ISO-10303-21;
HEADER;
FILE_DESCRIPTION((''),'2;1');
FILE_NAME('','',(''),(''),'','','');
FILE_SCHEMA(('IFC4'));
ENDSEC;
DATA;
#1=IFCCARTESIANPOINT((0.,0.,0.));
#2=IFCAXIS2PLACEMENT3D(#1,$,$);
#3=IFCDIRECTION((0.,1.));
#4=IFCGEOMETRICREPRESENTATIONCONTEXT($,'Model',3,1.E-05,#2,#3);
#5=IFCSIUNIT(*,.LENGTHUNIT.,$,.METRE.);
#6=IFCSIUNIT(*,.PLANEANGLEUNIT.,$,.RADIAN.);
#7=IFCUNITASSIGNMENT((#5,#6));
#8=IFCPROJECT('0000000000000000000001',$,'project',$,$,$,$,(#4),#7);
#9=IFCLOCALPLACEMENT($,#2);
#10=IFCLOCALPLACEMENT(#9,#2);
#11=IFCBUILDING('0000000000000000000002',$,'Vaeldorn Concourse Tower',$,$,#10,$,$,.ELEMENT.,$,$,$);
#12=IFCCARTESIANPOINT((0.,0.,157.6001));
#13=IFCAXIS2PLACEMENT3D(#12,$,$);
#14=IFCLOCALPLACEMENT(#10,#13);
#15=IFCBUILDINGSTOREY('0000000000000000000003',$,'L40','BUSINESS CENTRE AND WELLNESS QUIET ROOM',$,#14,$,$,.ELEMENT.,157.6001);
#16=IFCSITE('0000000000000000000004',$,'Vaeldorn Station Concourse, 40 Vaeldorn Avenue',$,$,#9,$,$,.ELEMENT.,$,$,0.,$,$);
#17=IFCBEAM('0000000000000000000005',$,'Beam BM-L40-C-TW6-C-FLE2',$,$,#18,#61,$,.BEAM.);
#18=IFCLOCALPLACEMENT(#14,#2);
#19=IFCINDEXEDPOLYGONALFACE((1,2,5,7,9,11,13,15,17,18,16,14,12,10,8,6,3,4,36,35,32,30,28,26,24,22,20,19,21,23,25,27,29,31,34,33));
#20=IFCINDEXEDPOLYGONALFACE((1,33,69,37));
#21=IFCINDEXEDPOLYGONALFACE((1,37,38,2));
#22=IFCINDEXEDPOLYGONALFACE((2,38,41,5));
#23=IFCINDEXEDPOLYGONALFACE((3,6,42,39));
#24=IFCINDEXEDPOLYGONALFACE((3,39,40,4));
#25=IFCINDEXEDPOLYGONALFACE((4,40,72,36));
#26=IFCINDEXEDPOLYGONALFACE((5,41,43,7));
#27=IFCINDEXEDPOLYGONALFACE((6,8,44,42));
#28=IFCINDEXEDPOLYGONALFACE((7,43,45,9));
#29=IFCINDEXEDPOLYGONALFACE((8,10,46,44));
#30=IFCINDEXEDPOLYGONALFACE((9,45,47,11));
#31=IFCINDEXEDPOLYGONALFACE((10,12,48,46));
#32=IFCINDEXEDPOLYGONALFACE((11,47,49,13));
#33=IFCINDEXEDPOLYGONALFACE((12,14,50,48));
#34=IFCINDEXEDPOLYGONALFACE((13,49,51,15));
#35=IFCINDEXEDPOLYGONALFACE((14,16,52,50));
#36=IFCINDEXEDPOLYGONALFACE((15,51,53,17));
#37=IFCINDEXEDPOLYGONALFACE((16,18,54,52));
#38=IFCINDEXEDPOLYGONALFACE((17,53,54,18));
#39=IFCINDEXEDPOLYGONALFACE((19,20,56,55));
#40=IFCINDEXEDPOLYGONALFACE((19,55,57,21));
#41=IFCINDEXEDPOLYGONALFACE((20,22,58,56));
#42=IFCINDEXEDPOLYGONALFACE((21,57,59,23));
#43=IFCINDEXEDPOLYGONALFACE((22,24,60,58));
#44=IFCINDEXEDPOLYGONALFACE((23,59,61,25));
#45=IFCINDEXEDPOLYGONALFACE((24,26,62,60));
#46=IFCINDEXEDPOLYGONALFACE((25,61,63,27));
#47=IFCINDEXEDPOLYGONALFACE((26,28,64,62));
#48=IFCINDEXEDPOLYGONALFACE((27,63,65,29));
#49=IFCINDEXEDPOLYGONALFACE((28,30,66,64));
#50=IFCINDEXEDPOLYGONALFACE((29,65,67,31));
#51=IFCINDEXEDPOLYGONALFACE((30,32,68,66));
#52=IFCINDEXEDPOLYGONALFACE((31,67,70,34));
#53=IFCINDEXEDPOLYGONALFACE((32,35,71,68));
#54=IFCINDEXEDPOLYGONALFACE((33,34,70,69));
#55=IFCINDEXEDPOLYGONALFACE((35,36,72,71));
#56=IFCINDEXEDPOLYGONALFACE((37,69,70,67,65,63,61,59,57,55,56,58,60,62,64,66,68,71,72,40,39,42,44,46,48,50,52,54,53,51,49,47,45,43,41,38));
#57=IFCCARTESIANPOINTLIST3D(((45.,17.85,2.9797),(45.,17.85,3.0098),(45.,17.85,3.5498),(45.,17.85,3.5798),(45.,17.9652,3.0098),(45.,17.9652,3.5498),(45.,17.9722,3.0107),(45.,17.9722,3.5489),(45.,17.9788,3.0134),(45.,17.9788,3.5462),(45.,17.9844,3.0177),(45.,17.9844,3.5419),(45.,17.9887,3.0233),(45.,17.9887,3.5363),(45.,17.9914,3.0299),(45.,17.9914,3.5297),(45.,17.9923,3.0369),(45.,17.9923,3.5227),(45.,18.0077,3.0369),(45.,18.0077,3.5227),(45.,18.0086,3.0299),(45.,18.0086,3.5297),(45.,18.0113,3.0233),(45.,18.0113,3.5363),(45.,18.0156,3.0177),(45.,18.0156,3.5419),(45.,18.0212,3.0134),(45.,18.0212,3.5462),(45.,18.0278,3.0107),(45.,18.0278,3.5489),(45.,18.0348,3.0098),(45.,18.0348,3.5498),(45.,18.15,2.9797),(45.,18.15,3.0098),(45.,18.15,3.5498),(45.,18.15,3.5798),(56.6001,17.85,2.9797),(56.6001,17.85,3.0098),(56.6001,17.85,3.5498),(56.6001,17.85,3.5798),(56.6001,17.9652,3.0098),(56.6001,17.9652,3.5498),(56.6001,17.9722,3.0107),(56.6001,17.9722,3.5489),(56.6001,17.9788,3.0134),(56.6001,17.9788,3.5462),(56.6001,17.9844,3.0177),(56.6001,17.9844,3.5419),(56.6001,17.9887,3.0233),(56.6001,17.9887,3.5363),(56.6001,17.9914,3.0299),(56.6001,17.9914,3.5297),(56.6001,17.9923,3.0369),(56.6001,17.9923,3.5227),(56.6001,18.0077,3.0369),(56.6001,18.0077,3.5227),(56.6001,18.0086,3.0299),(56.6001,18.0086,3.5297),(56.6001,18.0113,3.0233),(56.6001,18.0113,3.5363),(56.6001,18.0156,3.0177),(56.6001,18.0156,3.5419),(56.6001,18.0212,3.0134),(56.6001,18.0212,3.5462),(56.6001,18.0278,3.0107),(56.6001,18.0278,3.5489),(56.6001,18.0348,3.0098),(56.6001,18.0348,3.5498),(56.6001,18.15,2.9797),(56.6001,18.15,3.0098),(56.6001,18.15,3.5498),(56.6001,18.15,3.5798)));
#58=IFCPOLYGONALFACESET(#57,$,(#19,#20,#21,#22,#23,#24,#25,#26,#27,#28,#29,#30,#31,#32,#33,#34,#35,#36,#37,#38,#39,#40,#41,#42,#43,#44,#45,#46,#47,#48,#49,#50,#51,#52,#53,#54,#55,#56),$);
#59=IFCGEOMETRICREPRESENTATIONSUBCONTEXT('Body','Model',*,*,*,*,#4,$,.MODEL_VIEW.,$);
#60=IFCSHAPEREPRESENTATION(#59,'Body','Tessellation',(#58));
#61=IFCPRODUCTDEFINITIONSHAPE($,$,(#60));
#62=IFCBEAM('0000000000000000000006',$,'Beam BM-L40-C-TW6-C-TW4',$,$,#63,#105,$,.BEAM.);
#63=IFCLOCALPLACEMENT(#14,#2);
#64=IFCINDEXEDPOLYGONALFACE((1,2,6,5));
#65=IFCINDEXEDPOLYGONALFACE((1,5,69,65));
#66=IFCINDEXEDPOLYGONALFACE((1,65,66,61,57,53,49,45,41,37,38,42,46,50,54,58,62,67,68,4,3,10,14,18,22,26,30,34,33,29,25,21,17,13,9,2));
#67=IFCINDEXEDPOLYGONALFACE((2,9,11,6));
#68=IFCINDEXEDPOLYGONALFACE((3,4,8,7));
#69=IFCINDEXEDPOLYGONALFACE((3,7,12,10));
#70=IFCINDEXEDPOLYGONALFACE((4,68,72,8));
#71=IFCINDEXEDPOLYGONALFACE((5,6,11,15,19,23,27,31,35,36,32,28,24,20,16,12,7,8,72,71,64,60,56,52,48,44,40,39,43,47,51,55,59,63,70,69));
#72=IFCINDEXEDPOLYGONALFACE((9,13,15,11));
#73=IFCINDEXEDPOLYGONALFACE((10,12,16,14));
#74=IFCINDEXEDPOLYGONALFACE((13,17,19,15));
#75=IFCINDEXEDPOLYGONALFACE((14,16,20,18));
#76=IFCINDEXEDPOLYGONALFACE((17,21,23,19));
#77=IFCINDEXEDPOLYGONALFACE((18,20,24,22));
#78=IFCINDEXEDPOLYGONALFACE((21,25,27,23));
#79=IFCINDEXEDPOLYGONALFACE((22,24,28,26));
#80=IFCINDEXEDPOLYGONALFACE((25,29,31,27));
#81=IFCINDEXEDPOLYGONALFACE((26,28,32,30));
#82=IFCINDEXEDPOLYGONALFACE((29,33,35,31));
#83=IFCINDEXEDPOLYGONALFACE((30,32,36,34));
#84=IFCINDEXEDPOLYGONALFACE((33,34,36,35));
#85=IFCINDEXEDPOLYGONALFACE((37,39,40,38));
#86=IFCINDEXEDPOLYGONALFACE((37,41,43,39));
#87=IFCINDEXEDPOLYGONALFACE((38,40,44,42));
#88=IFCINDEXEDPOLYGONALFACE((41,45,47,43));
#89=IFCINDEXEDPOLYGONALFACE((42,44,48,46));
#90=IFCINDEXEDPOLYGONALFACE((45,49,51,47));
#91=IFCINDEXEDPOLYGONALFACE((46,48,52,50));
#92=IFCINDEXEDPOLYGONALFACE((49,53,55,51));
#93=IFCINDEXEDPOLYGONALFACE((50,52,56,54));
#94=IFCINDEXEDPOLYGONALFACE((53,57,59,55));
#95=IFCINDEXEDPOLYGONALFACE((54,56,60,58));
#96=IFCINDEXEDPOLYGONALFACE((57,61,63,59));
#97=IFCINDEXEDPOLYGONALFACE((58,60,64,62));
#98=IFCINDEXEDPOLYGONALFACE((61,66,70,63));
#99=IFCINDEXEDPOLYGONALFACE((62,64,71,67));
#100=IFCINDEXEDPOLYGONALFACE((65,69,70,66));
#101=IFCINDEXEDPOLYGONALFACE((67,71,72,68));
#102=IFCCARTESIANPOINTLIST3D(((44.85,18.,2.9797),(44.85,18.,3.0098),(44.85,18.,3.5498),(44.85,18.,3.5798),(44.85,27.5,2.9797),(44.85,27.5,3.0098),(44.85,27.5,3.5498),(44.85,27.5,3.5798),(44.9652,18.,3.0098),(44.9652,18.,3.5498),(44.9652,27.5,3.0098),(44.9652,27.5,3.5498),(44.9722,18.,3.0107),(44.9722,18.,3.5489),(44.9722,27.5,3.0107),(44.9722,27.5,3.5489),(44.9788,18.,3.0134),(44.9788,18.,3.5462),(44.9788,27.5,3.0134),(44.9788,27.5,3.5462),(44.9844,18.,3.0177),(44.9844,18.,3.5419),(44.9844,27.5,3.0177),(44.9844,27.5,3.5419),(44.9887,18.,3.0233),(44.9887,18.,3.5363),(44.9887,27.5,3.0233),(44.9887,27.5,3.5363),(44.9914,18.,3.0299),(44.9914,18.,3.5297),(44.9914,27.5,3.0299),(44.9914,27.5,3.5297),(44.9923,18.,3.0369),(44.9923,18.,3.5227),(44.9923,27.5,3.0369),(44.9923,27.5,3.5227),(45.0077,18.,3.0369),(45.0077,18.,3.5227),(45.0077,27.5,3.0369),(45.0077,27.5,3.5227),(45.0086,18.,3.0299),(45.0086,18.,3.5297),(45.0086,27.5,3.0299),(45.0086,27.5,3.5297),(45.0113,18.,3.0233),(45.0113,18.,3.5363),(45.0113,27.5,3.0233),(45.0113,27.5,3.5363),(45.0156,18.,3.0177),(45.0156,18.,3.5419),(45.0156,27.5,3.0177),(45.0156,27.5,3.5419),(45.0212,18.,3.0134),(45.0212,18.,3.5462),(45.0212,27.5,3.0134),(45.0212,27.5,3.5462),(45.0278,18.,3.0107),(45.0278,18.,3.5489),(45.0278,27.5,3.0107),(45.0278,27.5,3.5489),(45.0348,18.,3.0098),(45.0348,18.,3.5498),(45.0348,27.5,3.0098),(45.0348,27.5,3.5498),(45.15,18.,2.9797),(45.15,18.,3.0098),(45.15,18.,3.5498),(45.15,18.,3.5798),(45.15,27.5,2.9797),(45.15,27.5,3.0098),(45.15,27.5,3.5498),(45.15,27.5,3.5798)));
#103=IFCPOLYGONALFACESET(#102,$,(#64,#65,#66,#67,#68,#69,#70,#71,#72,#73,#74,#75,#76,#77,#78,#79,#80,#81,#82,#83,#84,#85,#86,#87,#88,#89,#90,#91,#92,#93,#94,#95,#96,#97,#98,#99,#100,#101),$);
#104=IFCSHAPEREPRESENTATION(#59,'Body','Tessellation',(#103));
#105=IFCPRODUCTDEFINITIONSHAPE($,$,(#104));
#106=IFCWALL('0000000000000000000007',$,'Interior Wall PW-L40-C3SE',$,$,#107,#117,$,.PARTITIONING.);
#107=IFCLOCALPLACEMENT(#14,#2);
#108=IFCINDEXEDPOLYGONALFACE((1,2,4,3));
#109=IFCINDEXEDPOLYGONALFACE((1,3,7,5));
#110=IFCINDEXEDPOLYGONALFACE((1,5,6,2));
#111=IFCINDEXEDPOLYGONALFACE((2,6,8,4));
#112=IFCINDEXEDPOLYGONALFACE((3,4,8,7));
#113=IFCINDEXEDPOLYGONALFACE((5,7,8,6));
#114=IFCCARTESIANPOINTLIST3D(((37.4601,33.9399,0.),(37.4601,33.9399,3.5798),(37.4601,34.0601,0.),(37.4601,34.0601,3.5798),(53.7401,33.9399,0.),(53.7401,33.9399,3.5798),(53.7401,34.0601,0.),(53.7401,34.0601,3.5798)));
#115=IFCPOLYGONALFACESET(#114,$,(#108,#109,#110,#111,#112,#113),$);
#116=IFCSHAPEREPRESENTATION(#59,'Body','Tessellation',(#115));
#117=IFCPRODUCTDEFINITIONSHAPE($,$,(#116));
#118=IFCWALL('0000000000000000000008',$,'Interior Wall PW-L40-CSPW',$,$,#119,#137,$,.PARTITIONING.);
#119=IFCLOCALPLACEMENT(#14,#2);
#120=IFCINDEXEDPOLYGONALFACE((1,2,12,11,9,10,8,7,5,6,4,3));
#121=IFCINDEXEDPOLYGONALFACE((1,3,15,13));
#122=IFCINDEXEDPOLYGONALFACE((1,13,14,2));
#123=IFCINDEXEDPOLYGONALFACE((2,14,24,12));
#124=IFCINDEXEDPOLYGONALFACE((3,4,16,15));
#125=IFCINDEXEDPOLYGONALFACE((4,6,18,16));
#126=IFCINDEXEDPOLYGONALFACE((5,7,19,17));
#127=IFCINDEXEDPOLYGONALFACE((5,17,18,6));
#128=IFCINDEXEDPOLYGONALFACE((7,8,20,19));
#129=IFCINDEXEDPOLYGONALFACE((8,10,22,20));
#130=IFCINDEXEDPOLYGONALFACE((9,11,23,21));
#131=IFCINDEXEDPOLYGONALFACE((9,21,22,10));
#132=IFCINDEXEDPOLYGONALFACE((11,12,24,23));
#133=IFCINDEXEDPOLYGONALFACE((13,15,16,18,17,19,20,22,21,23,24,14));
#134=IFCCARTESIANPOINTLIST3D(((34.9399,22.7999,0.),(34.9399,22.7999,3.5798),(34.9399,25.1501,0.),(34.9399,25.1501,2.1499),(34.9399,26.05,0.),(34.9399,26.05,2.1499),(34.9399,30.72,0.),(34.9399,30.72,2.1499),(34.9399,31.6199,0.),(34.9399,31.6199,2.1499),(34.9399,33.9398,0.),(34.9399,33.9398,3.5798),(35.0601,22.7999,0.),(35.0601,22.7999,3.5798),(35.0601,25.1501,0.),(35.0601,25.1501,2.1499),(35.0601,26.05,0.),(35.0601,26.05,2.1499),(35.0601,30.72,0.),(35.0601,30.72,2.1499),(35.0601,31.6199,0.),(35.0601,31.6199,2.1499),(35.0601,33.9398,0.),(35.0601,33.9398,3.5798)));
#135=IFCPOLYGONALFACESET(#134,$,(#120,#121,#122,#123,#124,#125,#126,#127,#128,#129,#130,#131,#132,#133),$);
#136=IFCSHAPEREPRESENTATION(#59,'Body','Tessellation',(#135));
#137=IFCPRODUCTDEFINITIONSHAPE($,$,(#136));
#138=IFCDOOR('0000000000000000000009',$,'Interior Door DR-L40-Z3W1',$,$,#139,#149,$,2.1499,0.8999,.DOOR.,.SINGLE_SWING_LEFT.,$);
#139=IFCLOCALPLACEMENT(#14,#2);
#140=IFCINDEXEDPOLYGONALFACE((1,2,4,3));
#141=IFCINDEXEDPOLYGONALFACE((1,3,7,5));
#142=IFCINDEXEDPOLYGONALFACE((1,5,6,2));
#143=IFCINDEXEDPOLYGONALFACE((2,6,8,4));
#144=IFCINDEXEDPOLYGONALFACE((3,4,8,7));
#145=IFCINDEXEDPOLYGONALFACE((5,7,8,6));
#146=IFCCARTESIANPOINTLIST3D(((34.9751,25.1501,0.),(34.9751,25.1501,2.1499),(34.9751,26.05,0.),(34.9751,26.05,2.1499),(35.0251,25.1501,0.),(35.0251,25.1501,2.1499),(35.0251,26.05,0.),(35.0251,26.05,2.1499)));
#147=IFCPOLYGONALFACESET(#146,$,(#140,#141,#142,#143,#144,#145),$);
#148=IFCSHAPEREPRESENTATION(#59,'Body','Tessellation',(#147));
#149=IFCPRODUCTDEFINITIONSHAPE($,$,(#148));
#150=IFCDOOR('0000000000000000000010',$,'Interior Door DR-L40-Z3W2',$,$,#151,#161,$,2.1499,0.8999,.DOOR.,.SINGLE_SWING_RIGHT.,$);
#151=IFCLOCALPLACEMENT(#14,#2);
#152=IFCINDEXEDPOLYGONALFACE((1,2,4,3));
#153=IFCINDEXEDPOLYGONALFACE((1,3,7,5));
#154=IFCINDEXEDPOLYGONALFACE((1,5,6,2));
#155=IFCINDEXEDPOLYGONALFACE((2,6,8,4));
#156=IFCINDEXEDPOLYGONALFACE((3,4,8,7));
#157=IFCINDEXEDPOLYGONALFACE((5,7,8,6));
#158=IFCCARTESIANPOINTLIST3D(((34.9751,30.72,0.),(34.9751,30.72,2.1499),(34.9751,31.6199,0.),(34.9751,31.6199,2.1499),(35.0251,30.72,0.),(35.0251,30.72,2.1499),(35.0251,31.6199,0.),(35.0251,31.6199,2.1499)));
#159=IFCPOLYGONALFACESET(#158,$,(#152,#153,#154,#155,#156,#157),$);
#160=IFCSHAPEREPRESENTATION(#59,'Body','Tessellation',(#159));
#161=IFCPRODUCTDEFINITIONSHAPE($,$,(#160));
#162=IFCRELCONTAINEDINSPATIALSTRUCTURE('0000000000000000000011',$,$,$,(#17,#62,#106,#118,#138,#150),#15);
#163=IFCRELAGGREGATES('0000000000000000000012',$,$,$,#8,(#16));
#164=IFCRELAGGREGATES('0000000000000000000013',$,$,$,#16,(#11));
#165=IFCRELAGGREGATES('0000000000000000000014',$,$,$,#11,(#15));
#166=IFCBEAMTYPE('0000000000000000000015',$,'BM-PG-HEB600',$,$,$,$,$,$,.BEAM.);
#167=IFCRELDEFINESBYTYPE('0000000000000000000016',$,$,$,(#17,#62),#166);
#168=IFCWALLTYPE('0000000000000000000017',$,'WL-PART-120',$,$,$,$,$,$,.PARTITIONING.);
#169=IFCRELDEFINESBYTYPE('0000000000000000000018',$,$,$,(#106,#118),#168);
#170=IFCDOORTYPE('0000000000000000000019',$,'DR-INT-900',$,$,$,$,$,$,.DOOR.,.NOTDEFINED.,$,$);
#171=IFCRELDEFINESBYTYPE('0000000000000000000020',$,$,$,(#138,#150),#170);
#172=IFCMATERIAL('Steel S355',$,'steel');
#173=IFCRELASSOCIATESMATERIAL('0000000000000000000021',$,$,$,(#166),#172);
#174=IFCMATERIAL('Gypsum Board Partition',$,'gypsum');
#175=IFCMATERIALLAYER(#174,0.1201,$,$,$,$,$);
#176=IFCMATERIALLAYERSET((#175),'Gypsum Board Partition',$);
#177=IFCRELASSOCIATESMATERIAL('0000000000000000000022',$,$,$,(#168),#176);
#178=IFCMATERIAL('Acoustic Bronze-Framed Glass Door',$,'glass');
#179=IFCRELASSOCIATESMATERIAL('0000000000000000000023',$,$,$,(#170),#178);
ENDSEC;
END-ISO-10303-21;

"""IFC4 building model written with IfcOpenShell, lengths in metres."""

from ifc_helpers import new_model, si_unit, direction, frame, frame_2d, origin, origin_2d, place, context, subcontext, project, spatial, rectangle, i_section, extrude, source, transform, mapped, material, layer, layer_set, material_profile, profile_set, type_object, element, fill, save


model = new_model("IFC4")

# Units and contexts
model_context = context("Model", 3, precision=1e-05, world=origin(), true_north=direction((0.0, 1.0)))
body_context = subcontext(model_context, "Body", "Model", "MODEL_VIEW")
ifc_project = project(units=[si_unit("LENGTHUNIT", "METRE"), si_unit("PLANEANGLEUNIT", "RADIAN")], contexts=[model_context])

# Site, building, storey
site_placement = place(None, origin())
site = spatial("IfcSite", under=ifc_project, at=site_placement, Name="Vaeldorn Station Concourse, 40 Vaeldorn Avenue", CompositionType="ELEMENT", RefElevation=0.0)
building_placement = place(site_placement, origin())
building = spatial("IfcBuilding", under=site, at=building_placement, Name="Vaeldorn Concourse Tower", CompositionType="ELEMENT")
storey_placement = place(building_placement, frame((0.0, 0.0, 157.6001)))
storey = spatial("IfcBuildingStorey", under=building, at=storey_placement, Name="L40", Description="BUSINESS CENTRE AND WELLNESS QUIET ROOM", CompositionType="ELEMENT", Elevation=157.6001)

# Beams
ifc_material_1 = material(Name="Steel S355", Category="steel")
ifc_material_profile_1 = material_profile(ifc_material_1, i_section(OverallWidth=0.3, OverallDepth=0.6001, WebThickness=0.0154, FlangeThickness=0.03, FilletRadius=0.0271, at=origin_2d()), Name="HEB 600")
ifc_profile_set_1 = profile_set([ifc_material_profile_1], Name="Steel S355")
beam_type_1 = type_object("IfcBeamType", Name="BM-PG-HEB600", PredefinedType="BEAM", material=ifc_profile_set_1)
shared_shape_1 = source(origin(), body_context, "Body", "SweptSolid", [
    extrude(i_section(OverallWidth=0.3, OverallDepth=0.6001, WebThickness=0.0154, FlangeThickness=0.03, FilletRadius=0.0271, at=origin_2d()), origin(), (0.0, 0.0, 1.0), 11.6001),
])
beam_1_placement = place(storey_placement, frame((45.0, 18.0, 3.2798), z_axis=(1.0, 0.0, 0.0), x_axis=(0.0, 1.0, 0.0)))
element("IfcBeam", 1, at=beam_1_placement, inside=storey, type_object=beam_type_1, Name="Beam BM-L40-C-TW6-C-FLE2", PredefinedType="BEAM", context=body_context, shape_type="MappedRepresentation", body=[
    mapped(shared_shape_1, transform((0.0, 0.0, 0.0), scale=1.0)),
])
shared_shape_2 = source(origin(), body_context, "Body", "SweptSolid", [
    extrude(i_section(OverallWidth=0.3, OverallDepth=0.6001, WebThickness=0.0154, FlangeThickness=0.03, FilletRadius=0.0271, at=origin_2d()), origin(), (0.0, 0.0, 1.0), 9.5),
])
beam_2_placement = place(storey_placement, frame((45.0, 18.0, 3.2798), z_axis=(0.0, 1.0, 0.0), x_axis=(-1.0, 0.0, 0.0)))
element("IfcBeam", 2, at=beam_2_placement, inside=storey, type_object=beam_type_1, Name="Beam BM-L40-C-TW6-C-TW4", PredefinedType="BEAM", context=body_context, shape_type="MappedRepresentation", body=[
    mapped(shared_shape_2, transform((0.0, 0.0, 0.0), scale=1.0)),
])

# Wall
ifc_material_2 = material(Name="Gypsum Board Partition", Category="gypsum")
ifc_layer = layer(ifc_material_2, 0.1201)
ifc_layer_set = layer_set([ifc_layer], Name="Gypsum Board Partition")
wall_type = type_object("IfcWallType", Name="WL-PART-120", PredefinedType="PARTITIONING", material=ifc_layer_set)
wall_1_placement = place(storey_placement, frame((37.46, 34.0, 0.0), z_axis=(0.0, 0.0, 1.0), x_axis=(1.0, 0.0, 0.0)))
element("IfcWall", 3, at=wall_1_placement, inside=storey, type_object=wall_type, Name="Interior Wall PW-L40-C3SE", PredefinedType="PARTITIONING", context=body_context, shape_type="SweptSolid", body=[
    extrude(rectangle(XDim=16.28, YDim=0.1201, at=frame_2d((8.1401, 0.0))), origin(), (0.0, 0.0, 1.0), 3.5798),
])

# Wall, openings, doors
wall_2_placement = place(storey_placement, frame((35.0, 22.8, 0.0), z_axis=(0.0, 0.0, 1.0), x_axis=(0.0, 1.0, 0.0)))
wall_2 = element("IfcWall", 4, at=wall_2_placement, inside=storey, type_object=wall_type, Name="Interior Wall PW-L40-CSPW", PredefinedType="PARTITIONING", context=body_context, shape_type="SweptSolid", body=[
    extrude(rectangle(XDim=11.1399, YDim=0.1201, at=frame_2d((5.5698, 0.0))), origin(), (0.0, 0.0, 1.0), 3.5798),
])
opening_1_placement = place(wall_2_placement, frame((2.3501, 0.0, 0.0)))
opening_1 = element("IfcOpeningElement", 5, at=opening_1_placement, cuts=wall_2, PredefinedType="OPENING", context=body_context, shape_type="SweptSolid", body=[
    extrude(rectangle(XDim=0.8999, YDim=2.1499, at=frame_2d((0.45, 1.075))), frame((0.0, 0.0701, 0.0), z_axis=(0.0, -1.0, 0.0), x_axis=(1.0, 0.0, 0.0)), (0.0, 0.0, 1.0), 0.1401),
])
opening_2_placement = place(wall_2_placement, frame((7.9199, 0.0, 0.0)))
opening_2 = element("IfcOpeningElement", 6, at=opening_2_placement, cuts=wall_2, PredefinedType="OPENING", context=body_context, shape_type="SweptSolid", body=[
    extrude(rectangle(XDim=0.8999, YDim=2.1499, at=frame_2d((0.45, 1.075))), frame((0.0, 0.0701, 0.0), z_axis=(0.0, -1.0, 0.0), x_axis=(1.0, 0.0, 0.0)), (0.0, 0.0, 1.0), 0.1401),
])
ifc_material_3 = material(Name="Acoustic Bronze-Framed Glass Door", Category="glass")
door_type = type_object("IfcDoorType", Name="DR-INT-900", OperationType="NOTDEFINED", PredefinedType="DOOR", material=ifc_material_3)
shared_shape_3 = source(origin(), body_context, "Body", "SweptSolid", [
    extrude(rectangle(XDim=0.8999, YDim=2.1499, at=frame_2d((0.45, 1.075))), frame((0.0, 0.0249, 0.0), z_axis=(0.0, -1.0, 0.0), x_axis=(1.0, 0.0, 0.0)), (0.0, 0.0, 1.0), 0.05),
])
door_1_placement = place(opening_1_placement, origin())
door_1 = element("IfcDoor", 7, at=door_1_placement, inside=storey, type_object=door_type, Name="Interior Door DR-L40-Z3W1", OperationType="SINGLE_SWING_LEFT", OverallHeight=2.1499, OverallWidth=0.8999, PredefinedType="DOOR", context=body_context, shape_type="MappedRepresentation", body=[
    mapped(shared_shape_3, transform((0.0, 0.0, 0.0), scale=1.0)),
])
fill(opening_1, door_1)
door_2_placement = place(opening_2_placement, origin())
door_2 = element("IfcDoor", 8, at=door_2_placement, inside=storey, type_object=door_type, Name="Interior Door DR-L40-Z3W2", OperationType="SINGLE_SWING_RIGHT", OverallHeight=2.1499, OverallWidth=0.8999, PredefinedType="DOOR", context=body_context, shape_type="MappedRepresentation", body=[
    mapped(shared_shape_3, transform((0.0, 0.0, 0.0), scale=1.0)),
])
fill(opening_2, door_2)

save(model, "model.ifc")
